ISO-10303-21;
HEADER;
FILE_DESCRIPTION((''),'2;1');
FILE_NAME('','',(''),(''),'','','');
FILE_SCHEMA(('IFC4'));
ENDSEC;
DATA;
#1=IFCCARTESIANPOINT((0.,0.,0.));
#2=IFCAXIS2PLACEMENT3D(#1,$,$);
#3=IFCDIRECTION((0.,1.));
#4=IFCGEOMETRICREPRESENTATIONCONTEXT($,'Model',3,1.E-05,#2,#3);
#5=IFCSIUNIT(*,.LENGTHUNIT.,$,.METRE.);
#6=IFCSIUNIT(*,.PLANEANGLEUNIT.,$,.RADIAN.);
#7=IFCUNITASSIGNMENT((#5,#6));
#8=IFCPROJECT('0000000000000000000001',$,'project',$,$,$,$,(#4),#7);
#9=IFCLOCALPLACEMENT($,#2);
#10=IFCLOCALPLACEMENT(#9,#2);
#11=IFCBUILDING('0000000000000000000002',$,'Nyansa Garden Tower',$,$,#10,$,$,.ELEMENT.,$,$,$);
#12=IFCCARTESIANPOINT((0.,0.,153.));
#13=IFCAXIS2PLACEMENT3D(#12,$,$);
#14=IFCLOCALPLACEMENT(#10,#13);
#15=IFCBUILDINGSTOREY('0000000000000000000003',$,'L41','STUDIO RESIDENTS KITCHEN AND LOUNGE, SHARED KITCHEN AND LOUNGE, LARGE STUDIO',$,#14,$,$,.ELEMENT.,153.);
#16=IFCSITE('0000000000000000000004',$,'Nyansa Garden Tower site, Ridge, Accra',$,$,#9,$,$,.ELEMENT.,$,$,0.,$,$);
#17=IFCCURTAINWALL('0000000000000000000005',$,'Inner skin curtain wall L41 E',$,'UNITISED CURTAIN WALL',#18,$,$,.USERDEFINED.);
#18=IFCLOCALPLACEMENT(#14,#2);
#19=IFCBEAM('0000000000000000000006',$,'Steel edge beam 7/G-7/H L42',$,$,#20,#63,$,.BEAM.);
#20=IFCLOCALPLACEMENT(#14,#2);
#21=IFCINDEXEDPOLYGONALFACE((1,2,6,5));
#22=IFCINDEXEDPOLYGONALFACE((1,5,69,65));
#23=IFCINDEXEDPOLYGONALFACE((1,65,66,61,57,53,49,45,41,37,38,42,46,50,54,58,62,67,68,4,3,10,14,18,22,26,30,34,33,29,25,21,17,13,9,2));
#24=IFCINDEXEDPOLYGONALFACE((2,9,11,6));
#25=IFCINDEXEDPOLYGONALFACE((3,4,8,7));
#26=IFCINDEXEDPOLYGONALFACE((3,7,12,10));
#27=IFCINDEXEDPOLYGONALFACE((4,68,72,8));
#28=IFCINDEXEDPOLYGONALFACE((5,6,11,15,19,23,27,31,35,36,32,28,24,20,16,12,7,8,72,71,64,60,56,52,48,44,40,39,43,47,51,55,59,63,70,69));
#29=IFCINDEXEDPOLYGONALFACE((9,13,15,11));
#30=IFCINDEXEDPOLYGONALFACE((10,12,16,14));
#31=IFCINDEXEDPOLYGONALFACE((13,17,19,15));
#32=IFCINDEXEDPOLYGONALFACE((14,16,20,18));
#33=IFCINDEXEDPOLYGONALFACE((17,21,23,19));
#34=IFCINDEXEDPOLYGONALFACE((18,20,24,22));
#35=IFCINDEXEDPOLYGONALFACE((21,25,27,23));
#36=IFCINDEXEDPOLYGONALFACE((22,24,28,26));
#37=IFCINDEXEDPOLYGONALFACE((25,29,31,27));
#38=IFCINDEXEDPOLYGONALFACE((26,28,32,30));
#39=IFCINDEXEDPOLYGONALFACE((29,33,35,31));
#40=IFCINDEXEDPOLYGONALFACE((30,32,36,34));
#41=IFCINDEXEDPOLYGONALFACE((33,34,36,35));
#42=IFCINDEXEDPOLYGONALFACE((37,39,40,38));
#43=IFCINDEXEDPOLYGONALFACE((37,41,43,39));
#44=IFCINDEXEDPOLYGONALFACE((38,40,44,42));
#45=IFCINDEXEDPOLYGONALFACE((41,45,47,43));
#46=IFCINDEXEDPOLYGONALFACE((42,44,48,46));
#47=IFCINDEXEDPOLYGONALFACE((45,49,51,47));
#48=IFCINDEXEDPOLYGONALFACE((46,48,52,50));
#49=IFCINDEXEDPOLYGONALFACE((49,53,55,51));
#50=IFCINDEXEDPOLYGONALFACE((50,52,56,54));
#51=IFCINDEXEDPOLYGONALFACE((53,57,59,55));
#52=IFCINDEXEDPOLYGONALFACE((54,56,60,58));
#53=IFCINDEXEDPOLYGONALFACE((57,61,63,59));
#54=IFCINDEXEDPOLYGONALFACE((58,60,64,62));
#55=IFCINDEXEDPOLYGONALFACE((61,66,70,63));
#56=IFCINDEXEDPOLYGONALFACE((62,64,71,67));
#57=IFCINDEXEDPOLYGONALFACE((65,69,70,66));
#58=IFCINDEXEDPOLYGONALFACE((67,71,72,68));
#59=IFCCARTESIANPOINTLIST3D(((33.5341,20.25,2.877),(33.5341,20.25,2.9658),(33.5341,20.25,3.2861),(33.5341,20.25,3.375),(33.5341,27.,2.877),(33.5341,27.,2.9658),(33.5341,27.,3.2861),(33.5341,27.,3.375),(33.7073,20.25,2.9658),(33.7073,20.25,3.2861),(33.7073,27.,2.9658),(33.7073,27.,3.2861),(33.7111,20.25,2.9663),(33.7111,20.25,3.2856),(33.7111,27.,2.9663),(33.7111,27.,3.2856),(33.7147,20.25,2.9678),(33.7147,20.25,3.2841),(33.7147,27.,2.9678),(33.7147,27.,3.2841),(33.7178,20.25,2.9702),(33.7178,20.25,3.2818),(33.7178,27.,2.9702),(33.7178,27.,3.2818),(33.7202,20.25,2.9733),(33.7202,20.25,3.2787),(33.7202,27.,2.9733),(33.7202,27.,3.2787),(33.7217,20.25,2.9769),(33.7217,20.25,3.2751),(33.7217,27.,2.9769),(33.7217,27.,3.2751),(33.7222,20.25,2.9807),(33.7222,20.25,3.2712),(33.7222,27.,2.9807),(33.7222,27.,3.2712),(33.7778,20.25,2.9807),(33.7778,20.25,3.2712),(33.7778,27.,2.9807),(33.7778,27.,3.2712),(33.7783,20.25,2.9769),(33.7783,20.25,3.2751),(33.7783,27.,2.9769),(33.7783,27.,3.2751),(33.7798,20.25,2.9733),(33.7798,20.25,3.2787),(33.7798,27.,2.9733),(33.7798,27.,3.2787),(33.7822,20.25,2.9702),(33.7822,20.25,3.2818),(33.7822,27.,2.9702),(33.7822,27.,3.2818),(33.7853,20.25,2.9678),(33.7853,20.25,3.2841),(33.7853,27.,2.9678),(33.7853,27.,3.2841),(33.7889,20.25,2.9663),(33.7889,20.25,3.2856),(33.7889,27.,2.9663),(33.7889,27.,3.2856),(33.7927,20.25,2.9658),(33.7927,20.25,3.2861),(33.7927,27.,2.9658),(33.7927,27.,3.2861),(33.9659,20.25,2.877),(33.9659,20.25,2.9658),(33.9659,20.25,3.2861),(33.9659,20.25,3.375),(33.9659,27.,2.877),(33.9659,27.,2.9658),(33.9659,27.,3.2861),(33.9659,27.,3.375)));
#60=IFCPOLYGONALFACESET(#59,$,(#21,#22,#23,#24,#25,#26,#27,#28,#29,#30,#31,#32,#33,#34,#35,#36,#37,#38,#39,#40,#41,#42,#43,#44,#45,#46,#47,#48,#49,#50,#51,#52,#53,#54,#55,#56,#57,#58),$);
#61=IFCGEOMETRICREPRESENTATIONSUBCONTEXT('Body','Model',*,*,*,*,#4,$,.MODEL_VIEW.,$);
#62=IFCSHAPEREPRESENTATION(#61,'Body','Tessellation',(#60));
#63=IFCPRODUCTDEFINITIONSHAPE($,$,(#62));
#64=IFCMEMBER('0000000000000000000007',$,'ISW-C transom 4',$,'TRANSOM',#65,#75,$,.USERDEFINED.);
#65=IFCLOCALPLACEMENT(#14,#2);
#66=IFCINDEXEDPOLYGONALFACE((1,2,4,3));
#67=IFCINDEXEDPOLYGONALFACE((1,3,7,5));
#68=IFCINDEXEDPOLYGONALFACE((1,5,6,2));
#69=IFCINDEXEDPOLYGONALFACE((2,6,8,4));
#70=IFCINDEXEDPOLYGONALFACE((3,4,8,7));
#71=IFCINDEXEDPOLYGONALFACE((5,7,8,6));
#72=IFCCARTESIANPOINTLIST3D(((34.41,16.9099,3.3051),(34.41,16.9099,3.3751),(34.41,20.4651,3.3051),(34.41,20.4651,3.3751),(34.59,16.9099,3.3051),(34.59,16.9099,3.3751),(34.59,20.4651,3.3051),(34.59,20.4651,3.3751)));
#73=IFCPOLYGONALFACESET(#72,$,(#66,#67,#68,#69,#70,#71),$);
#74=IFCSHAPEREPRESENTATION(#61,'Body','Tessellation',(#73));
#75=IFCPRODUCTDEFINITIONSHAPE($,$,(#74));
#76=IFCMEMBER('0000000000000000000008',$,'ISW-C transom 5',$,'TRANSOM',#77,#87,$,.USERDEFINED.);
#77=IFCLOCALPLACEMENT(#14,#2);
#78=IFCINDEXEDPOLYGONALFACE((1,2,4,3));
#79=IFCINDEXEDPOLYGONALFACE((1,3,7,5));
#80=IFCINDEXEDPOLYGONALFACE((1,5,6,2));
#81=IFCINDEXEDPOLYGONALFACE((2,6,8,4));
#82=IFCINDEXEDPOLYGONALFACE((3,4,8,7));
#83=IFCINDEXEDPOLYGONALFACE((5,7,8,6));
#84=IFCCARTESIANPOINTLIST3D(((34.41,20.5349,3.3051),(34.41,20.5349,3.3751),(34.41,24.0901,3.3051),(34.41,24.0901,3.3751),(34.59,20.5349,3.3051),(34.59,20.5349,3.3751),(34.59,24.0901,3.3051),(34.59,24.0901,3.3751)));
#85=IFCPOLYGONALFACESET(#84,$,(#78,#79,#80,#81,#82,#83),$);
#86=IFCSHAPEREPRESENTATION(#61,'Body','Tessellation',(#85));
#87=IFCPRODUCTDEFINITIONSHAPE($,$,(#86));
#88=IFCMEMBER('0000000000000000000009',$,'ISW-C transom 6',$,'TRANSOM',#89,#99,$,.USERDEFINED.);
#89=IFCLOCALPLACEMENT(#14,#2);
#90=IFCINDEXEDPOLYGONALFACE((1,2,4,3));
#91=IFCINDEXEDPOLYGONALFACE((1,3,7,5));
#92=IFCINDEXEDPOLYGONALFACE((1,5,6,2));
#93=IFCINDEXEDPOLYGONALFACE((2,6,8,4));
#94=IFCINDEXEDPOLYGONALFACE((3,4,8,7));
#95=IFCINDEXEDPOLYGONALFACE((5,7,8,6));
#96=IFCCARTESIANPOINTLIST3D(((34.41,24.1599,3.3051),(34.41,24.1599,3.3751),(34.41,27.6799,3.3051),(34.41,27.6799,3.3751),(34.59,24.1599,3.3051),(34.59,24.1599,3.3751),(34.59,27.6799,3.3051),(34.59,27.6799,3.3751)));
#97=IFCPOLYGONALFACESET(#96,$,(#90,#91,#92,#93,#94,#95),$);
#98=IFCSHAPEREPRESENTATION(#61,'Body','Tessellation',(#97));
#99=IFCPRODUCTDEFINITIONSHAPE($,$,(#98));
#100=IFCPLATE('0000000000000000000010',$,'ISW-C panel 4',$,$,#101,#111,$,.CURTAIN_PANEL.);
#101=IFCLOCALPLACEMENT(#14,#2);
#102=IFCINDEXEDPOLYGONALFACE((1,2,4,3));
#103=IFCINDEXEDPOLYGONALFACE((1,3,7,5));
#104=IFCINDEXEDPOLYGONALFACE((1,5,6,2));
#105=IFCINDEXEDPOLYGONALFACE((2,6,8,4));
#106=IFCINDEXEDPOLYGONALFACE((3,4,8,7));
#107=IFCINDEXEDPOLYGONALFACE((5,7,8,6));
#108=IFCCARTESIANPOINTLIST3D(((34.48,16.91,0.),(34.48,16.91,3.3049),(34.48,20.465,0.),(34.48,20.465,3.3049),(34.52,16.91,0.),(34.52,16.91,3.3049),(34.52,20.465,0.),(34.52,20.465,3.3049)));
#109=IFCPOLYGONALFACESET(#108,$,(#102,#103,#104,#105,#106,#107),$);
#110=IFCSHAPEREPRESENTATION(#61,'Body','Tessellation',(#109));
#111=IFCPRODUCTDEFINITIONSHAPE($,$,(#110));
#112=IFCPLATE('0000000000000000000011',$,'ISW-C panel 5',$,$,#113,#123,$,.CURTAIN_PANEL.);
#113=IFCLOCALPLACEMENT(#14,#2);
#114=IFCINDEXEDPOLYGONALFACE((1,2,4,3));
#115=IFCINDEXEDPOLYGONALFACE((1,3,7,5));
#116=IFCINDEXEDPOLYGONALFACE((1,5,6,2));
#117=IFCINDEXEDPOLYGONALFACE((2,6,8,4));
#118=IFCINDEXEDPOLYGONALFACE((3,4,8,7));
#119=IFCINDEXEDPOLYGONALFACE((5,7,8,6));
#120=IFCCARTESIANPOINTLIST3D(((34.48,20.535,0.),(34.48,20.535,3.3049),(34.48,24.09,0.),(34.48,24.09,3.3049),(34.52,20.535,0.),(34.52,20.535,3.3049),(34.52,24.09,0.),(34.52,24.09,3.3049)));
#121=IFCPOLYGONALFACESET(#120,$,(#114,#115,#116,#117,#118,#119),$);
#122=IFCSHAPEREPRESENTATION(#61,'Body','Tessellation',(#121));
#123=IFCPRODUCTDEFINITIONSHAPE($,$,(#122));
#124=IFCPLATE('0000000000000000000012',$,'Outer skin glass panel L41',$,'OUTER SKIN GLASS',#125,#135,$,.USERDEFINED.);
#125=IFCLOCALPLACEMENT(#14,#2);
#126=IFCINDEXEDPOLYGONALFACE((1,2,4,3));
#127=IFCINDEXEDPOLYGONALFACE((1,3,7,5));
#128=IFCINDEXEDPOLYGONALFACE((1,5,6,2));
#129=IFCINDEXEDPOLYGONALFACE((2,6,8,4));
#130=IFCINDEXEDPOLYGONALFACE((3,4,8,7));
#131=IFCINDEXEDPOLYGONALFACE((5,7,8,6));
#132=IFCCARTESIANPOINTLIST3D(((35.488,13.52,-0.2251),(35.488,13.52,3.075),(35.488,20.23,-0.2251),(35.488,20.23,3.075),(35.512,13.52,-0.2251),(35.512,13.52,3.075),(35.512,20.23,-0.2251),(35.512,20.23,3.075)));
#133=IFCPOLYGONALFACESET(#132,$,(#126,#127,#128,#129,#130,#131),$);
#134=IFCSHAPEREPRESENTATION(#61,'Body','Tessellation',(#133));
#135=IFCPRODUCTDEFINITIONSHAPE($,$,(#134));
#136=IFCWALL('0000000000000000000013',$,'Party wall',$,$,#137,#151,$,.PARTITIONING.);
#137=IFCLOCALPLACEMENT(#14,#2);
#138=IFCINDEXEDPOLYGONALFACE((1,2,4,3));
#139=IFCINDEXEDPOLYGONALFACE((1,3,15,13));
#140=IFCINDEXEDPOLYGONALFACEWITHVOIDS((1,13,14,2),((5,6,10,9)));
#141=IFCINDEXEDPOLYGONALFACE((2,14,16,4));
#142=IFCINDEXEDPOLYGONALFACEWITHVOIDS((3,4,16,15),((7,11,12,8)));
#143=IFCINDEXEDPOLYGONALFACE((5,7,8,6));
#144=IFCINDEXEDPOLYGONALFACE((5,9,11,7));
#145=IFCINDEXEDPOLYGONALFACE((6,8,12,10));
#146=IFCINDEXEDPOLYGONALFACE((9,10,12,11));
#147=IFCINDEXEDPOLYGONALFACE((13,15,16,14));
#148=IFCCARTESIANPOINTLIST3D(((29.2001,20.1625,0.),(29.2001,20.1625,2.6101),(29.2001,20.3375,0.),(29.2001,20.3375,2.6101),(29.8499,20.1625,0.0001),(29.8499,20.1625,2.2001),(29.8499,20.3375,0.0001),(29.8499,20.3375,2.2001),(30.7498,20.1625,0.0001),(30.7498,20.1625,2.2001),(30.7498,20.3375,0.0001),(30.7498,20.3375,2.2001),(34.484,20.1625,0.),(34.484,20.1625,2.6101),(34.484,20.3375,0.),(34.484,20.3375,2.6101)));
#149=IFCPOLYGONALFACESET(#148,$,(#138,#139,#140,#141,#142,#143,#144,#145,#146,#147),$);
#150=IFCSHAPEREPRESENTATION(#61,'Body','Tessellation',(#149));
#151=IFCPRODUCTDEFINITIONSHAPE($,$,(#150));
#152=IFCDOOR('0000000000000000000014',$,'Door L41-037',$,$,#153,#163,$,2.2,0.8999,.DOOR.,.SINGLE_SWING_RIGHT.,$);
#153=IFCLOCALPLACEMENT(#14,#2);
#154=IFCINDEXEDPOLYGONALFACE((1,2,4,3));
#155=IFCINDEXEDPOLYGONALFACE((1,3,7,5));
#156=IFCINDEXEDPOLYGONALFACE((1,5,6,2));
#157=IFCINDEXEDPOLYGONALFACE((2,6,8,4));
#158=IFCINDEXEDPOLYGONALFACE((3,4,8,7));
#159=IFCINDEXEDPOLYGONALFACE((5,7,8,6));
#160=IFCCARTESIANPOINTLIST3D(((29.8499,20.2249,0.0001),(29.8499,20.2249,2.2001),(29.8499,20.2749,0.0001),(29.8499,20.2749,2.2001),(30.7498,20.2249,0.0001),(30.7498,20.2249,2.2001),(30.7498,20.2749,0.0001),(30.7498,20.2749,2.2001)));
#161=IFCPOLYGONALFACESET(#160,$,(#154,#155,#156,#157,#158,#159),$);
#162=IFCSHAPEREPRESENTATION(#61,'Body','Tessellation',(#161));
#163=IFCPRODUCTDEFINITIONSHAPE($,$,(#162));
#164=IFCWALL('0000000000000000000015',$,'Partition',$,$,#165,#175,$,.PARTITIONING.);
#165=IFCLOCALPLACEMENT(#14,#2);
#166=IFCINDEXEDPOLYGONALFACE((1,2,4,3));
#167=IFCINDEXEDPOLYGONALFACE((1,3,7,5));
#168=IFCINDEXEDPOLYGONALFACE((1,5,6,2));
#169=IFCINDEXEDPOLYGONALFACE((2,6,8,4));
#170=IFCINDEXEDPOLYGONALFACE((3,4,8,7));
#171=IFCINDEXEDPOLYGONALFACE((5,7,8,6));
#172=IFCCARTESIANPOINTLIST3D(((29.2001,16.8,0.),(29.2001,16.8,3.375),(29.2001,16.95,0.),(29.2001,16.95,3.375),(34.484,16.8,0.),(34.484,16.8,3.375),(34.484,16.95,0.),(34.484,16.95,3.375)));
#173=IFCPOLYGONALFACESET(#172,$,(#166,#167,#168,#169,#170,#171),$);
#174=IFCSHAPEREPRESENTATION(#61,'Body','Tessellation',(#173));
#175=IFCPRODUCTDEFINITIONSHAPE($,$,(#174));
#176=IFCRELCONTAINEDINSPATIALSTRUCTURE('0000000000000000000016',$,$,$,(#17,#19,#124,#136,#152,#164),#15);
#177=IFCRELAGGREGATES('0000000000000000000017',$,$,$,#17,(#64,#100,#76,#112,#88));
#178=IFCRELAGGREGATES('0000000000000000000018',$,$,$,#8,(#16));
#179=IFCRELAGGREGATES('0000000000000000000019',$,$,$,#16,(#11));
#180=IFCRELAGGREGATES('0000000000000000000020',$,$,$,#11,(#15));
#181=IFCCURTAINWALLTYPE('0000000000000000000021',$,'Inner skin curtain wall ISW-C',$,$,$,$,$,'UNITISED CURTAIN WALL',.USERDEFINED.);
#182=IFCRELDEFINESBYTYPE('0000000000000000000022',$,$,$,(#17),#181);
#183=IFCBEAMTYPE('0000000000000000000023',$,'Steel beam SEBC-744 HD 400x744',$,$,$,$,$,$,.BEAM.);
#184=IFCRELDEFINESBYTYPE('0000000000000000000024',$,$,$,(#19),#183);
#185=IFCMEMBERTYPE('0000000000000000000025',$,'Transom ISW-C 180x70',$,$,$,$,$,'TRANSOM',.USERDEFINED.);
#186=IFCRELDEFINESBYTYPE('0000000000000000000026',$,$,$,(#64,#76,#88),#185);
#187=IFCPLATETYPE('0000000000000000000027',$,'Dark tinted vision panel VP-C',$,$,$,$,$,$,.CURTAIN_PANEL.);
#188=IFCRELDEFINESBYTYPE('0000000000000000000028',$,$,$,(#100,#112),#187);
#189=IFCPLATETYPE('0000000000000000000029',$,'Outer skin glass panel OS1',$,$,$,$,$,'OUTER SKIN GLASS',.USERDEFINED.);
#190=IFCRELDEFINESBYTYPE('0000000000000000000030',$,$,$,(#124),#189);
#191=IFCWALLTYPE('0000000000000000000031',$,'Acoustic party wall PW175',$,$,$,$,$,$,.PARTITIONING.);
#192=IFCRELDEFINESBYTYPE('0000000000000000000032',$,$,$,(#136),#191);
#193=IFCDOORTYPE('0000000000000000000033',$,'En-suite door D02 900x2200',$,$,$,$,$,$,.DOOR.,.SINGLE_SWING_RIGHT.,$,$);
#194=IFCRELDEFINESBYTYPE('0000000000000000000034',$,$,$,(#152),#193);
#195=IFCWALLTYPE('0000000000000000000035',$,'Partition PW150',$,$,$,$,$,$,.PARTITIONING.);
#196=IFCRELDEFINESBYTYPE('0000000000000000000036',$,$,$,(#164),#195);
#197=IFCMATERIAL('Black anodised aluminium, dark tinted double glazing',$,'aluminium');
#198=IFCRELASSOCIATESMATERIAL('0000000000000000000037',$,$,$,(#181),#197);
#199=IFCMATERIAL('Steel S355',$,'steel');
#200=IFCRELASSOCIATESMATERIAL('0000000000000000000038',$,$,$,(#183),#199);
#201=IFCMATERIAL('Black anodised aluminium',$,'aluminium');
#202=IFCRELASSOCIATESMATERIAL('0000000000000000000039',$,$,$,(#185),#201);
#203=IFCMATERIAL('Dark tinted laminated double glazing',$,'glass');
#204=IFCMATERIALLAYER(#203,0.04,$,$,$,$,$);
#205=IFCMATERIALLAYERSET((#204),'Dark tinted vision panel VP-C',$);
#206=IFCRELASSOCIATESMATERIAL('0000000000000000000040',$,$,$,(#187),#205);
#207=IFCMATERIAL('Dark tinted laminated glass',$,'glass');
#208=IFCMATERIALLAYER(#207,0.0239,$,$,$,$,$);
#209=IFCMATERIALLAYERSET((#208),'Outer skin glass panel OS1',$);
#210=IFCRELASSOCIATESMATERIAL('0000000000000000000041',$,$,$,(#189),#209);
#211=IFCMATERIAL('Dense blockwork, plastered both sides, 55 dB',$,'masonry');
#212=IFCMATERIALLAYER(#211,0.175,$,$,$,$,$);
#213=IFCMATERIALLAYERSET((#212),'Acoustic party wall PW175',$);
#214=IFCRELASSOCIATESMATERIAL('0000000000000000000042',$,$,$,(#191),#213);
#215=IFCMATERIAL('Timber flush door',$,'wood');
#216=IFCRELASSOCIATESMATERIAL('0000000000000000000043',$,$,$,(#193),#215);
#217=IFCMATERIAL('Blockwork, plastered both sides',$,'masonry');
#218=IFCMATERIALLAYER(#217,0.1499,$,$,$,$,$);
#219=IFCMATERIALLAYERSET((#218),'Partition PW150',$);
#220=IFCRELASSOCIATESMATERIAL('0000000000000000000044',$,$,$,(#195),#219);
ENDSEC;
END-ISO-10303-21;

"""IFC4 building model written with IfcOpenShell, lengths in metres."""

from ifc_helpers import new_model, si_unit, direction, frame, frame_2d, origin, origin_2d, place, context, subcontext, project, spatial, rectangle, i_section, extrude, material, layer, layer_set, material_profile, profile_set, type_object, element, fill, aggregate, save


model = new_model("IFC4")

# Units and contexts
model_context = context("Model", 3, precision=1e-05, world=origin(), true_north=direction((0.0, 1.0)))
body_context = subcontext(model_context, "Body", "Model", "MODEL_VIEW")
ifc_project = project(units=[si_unit("LENGTHUNIT", "METRE"), si_unit("PLANEANGLEUNIT", "RADIAN")], contexts=[model_context])

# Site, building, storey
site_placement = place(None, origin())
site = spatial("IfcSite", under=ifc_project, at=site_placement, Name="Nyansa Garden Tower site, Ridge, Accra", CompositionType="ELEMENT", RefElevation=0.0)
building_placement = place(site_placement, origin())
building = spatial("IfcBuilding", under=site, at=building_placement, Name="Nyansa Garden Tower", CompositionType="ELEMENT")
storey_placement = place(building_placement, frame((0.0, 0.0, 153.0)))
storey = spatial("IfcBuildingStorey", under=building, at=storey_placement, Name="L41", Description="STUDIO RESIDENTS KITCHEN AND LOUNGE, SHARED KITCHEN AND LOUNGE, LARGE STUDIO", CompositionType="ELEMENT", Elevation=153.0)

# Curtain wall
ifc_material_1 = material(Name="Black anodised aluminium, dark tinted double glazing", Category="aluminium")
curtain_wall_type = type_object("IfcCurtainWallType", Name="Inner skin curtain wall ISW-C", ElementType="UNITISED CURTAIN WALL", PredefinedType="USERDEFINED", material=ifc_material_1)
curtain_wall_placement = place(storey_placement, origin())
curtain_wall = element("IfcCurtainWall", 1, at=curtain_wall_placement, inside=storey, type_object=curtain_wall_type, Name="Inner skin curtain wall L41 E", ObjectType="UNITISED CURTAIN WALL", PredefinedType="USERDEFINED")

# Beam
ifc_material_2 = material(Name="Steel S355", Category="steel")
ifc_material_profile_1 = material_profile(ifc_material_2, i_section(OverallWidth=0.4319, OverallDepth=0.498, WebThickness=0.0557, FlangeThickness=0.0889, FilletRadius=0.0149, at=origin_2d()), Name="HD 400x744")
ifc_profile_set_1 = profile_set([ifc_material_profile_1], Name="Steel S355")
beam_type_1 = type_object("IfcBeamType", Name="Steel beam SEBC-744 HD 400x744", PredefinedType="BEAM", material=ifc_profile_set_1)
beam_1_placement = place(storey_placement, frame((33.75, 20.25, 3.126), z_axis=(0.0, 1.0, 0.0), x_axis=(-1.0, 0.0, 0.0)))
element("IfcBeam", 2, at=beam_1_placement, inside=storey, type_object=beam_type_1, Name="Steel edge beam 7/G-7/H L42", PredefinedType="BEAM", context=body_context, shape_type="SweptSolid", body=[
    extrude(i_section(OverallWidth=0.4319, OverallDepth=0.498, WebThickness=0.0557, FlangeThickness=0.0889, FilletRadius=0.0149, at=origin_2d()), origin(), (0.0, 0.0, 1.0), 6.75),
])

# Members
ifc_material_3 = material(Name="Black anodised aluminium", Category="aluminium")
ifc_material_profile_2 = material_profile(ifc_material_3, rectangle(XDim=0.1799, YDim=0.0701, at=origin_2d()), Name="Transom 180x70")
ifc_profile_set_2 = profile_set([ifc_material_profile_2], Name="Black anodised aluminium")
member_type_1 = type_object("IfcMemberType", Name="Transom ISW-C 180x70", ElementType="TRANSOM", PredefinedType="USERDEFINED", material=ifc_profile_set_2)
member_1_placement = place(storey_placement, frame((34.5, 16.9099, 3.3401), z_axis=(0.0, 1.0, 0.0), x_axis=(-1.0, 0.0, 0.0)))
member_1 = element("IfcMember", 3, at=member_1_placement, type_object=member_type_1, Name="ISW-C transom 4", ObjectType="TRANSOM", PredefinedType="USERDEFINED", context=body_context, shape_type="SweptSolid", body=[
    extrude(rectangle(XDim=0.1799, YDim=0.0701, at=origin_2d()), origin(), (0.0, 0.0, 1.0), 3.5552),
])
member_2_placement = place(storey_placement, frame((34.5, 20.5349, 3.3401), z_axis=(0.0, 1.0, 0.0), x_axis=(-1.0, 0.0, 0.0)))
member_2 = element("IfcMember", 4, at=member_2_placement, type_object=member_type_1, Name="ISW-C transom 5", ObjectType="TRANSOM", PredefinedType="USERDEFINED", context=body_context, shape_type="SweptSolid", body=[
    extrude(rectangle(XDim=0.1799, YDim=0.0701, at=origin_2d()), origin(), (0.0, 0.0, 1.0), 3.5552),
])
member_3_placement = place(storey_placement, frame((34.5, 24.1599, 3.3401), z_axis=(0.0, 1.0, 0.0), x_axis=(-1.0, 0.0, 0.0)))
member_3 = element("IfcMember", 5, at=member_3_placement, type_object=member_type_1, Name="ISW-C transom 6", ObjectType="TRANSOM", PredefinedType="USERDEFINED", context=body_context, shape_type="SweptSolid", body=[
    extrude(rectangle(XDim=0.1799, YDim=0.0701, at=origin_2d()), origin(), (0.0, 0.0, 1.0), 3.52),
])

# Plates
ifc_material_4 = material(Name="Dark tinted laminated double glazing", Category="glass")
ifc_layer_1 = layer(ifc_material_4, 0.04)
ifc_layer_set_1 = layer_set([ifc_layer_1], Name="Dark tinted vision panel VP-C")
plate_type_1 = type_object("IfcPlateType", Name="Dark tinted vision panel VP-C", PredefinedType="CURTAIN_PANEL", material=ifc_layer_set_1)
plate_1_placement = place(storey_placement, frame((34.5, 18.6875, 0.0), z_axis=(0.0, 0.0, 1.0), x_axis=(0.0, 1.0, 0.0)))
plate_1 = element("IfcPlate", 6, at=plate_1_placement, type_object=plate_type_1, Name="ISW-C panel 4", PredefinedType="CURTAIN_PANEL", context=body_context, shape_type="SweptSolid", body=[
    extrude(rectangle(XDim=3.5549, YDim=0.04, at=origin_2d()), origin(), (0.0, 0.0, 1.0), 3.3049),
])
plate_2_placement = place(storey_placement, frame((34.5, 22.3125, 0.0), z_axis=(0.0, 0.0, 1.0), x_axis=(0.0, 1.0, 0.0)))
plate_2 = element("IfcPlate", 7, at=plate_2_placement, type_object=plate_type_1, Name="ISW-C panel 5", PredefinedType="CURTAIN_PANEL", context=body_context, shape_type="SweptSolid", body=[
    extrude(rectangle(XDim=3.5549, YDim=0.04, at=origin_2d()), origin(), (0.0, 0.0, 1.0), 3.3049),
])
aggregate(curtain_wall, [member_1, plate_1, member_2, plate_2, member_3])
ifc_material_5 = material(Name="Dark tinted laminated glass", Category="glass")
ifc_layer_2 = layer(ifc_material_5, 0.0239)
ifc_layer_set_2 = layer_set([ifc_layer_2], Name="Outer skin glass panel OS1")
plate_type_2 = type_object("IfcPlateType", Name="Outer skin glass panel OS1", ElementType="OUTER SKIN GLASS", PredefinedType="USERDEFINED", material=ifc_layer_set_2)
plate_3_placement = place(storey_placement, frame((35.5, 16.875, -0.2251), z_axis=(0.0, 0.0, 1.0), x_axis=(0.0, 1.0, 0.0)))
element("IfcPlate", 8, at=plate_3_placement, inside=storey, type_object=plate_type_2, Name="Outer skin glass panel L41", ObjectType="OUTER SKIN GLASS", PredefinedType="USERDEFINED", context=body_context, shape_type="SweptSolid", body=[
    extrude(rectangle(XDim=6.71, YDim=0.0239, at=origin_2d()), origin(), (0.0, 0.0, 1.0), 3.3),
])

# Wall, opening, door
ifc_material_6 = material(Name="Dense blockwork, plastered both sides, 55 dB", Category="masonry")
ifc_layer_3 = layer(ifc_material_6, 0.175)
ifc_layer_set_3 = layer_set([ifc_layer_3], Name="Acoustic party wall PW175")
wall_type_1 = type_object("IfcWallType", Name="Acoustic party wall PW175", PredefinedType="PARTITIONING", material=ifc_layer_set_3)
wall_1_placement = place(storey_placement, frame((29.2, 20.25, 0.0), z_axis=(0.0, 0.0, 1.0), x_axis=(1.0, 0.0, 0.0)))
wall_1 = element("IfcWall", 9, at=wall_1_placement, inside=storey, type_object=wall_type_1, Name="Party wall", PredefinedType="PARTITIONING", context=body_context, shape_type="SweptSolid", body=[
    extrude(rectangle(XDim=5.2839, YDim=0.175, at=frame_2d((2.6421, 0.0))), origin(), (0.0, 0.0, 1.0), 2.6101),
])
opening_placement = place(wall_1_placement, frame((0.6499, 0.0, 0.0)))
opening = element("IfcOpeningElement", 10, at=opening_placement, cuts=wall_1, PredefinedType="OPENING", context=body_context, shape_type="SweptSolid", body=[
    extrude(rectangle(XDim=0.8999, YDim=2.2, at=frame_2d((0.45, 1.1001))), frame((0.0, 0.0974, 0.0), z_axis=(0.0, -1.0, 0.0), x_axis=(1.0, 0.0, 0.0)), (0.0, 0.0, 1.0), 0.1951),
])
ifc_material_7 = material(Name="Timber flush door", Category="wood")
door_type = type_object("IfcDoorType", Name="En-suite door D02 900x2200", OperationType="SINGLE_SWING_RIGHT", PredefinedType="DOOR", material=ifc_material_7)
door_placement = place(opening_placement, origin())
door = element("IfcDoor", 11, at=door_placement, inside=storey, type_object=door_type, Name="Door L41-037", OperationType="SINGLE_SWING_RIGHT", OverallHeight=2.2, OverallWidth=0.8999, PredefinedType="DOOR", context=body_context, shape_type="SweptSolid", body=[
    extrude(rectangle(XDim=0.8999, YDim=2.2, at=frame_2d((0.45, 1.1001))), frame((0.0, 0.0249, 0.0), z_axis=(0.0, -1.0, 0.0), x_axis=(1.0, 0.0, 0.0)), (0.0, 0.0, 1.0), 0.05),
])
fill(opening, door)

# Wall
ifc_material_8 = material(Name="Blockwork, plastered both sides", Category="masonry")
ifc_layer_4 = layer(ifc_material_8, 0.1499)
ifc_layer_set_4 = layer_set([ifc_layer_4], Name="Partition PW150")
wall_type_2 = type_object("IfcWallType", Name="Partition PW150", PredefinedType="PARTITIONING", material=ifc_layer_set_4)
wall_2_placement = place(storey_placement, frame((29.2, 16.875, 0.0), z_axis=(0.0, 0.0, 1.0), x_axis=(1.0, 0.0, 0.0)))
element("IfcWall", 12, at=wall_2_placement, inside=storey, type_object=wall_type_2, Name="Partition", PredefinedType="PARTITIONING", context=body_context, shape_type="SweptSolid", body=[
    extrude(rectangle(XDim=5.2839, YDim=0.1499, at=frame_2d((2.6421, 0.0))), origin(), (0.0, 0.0, 1.0), 3.375),
])

save(model, "model.ifc")
